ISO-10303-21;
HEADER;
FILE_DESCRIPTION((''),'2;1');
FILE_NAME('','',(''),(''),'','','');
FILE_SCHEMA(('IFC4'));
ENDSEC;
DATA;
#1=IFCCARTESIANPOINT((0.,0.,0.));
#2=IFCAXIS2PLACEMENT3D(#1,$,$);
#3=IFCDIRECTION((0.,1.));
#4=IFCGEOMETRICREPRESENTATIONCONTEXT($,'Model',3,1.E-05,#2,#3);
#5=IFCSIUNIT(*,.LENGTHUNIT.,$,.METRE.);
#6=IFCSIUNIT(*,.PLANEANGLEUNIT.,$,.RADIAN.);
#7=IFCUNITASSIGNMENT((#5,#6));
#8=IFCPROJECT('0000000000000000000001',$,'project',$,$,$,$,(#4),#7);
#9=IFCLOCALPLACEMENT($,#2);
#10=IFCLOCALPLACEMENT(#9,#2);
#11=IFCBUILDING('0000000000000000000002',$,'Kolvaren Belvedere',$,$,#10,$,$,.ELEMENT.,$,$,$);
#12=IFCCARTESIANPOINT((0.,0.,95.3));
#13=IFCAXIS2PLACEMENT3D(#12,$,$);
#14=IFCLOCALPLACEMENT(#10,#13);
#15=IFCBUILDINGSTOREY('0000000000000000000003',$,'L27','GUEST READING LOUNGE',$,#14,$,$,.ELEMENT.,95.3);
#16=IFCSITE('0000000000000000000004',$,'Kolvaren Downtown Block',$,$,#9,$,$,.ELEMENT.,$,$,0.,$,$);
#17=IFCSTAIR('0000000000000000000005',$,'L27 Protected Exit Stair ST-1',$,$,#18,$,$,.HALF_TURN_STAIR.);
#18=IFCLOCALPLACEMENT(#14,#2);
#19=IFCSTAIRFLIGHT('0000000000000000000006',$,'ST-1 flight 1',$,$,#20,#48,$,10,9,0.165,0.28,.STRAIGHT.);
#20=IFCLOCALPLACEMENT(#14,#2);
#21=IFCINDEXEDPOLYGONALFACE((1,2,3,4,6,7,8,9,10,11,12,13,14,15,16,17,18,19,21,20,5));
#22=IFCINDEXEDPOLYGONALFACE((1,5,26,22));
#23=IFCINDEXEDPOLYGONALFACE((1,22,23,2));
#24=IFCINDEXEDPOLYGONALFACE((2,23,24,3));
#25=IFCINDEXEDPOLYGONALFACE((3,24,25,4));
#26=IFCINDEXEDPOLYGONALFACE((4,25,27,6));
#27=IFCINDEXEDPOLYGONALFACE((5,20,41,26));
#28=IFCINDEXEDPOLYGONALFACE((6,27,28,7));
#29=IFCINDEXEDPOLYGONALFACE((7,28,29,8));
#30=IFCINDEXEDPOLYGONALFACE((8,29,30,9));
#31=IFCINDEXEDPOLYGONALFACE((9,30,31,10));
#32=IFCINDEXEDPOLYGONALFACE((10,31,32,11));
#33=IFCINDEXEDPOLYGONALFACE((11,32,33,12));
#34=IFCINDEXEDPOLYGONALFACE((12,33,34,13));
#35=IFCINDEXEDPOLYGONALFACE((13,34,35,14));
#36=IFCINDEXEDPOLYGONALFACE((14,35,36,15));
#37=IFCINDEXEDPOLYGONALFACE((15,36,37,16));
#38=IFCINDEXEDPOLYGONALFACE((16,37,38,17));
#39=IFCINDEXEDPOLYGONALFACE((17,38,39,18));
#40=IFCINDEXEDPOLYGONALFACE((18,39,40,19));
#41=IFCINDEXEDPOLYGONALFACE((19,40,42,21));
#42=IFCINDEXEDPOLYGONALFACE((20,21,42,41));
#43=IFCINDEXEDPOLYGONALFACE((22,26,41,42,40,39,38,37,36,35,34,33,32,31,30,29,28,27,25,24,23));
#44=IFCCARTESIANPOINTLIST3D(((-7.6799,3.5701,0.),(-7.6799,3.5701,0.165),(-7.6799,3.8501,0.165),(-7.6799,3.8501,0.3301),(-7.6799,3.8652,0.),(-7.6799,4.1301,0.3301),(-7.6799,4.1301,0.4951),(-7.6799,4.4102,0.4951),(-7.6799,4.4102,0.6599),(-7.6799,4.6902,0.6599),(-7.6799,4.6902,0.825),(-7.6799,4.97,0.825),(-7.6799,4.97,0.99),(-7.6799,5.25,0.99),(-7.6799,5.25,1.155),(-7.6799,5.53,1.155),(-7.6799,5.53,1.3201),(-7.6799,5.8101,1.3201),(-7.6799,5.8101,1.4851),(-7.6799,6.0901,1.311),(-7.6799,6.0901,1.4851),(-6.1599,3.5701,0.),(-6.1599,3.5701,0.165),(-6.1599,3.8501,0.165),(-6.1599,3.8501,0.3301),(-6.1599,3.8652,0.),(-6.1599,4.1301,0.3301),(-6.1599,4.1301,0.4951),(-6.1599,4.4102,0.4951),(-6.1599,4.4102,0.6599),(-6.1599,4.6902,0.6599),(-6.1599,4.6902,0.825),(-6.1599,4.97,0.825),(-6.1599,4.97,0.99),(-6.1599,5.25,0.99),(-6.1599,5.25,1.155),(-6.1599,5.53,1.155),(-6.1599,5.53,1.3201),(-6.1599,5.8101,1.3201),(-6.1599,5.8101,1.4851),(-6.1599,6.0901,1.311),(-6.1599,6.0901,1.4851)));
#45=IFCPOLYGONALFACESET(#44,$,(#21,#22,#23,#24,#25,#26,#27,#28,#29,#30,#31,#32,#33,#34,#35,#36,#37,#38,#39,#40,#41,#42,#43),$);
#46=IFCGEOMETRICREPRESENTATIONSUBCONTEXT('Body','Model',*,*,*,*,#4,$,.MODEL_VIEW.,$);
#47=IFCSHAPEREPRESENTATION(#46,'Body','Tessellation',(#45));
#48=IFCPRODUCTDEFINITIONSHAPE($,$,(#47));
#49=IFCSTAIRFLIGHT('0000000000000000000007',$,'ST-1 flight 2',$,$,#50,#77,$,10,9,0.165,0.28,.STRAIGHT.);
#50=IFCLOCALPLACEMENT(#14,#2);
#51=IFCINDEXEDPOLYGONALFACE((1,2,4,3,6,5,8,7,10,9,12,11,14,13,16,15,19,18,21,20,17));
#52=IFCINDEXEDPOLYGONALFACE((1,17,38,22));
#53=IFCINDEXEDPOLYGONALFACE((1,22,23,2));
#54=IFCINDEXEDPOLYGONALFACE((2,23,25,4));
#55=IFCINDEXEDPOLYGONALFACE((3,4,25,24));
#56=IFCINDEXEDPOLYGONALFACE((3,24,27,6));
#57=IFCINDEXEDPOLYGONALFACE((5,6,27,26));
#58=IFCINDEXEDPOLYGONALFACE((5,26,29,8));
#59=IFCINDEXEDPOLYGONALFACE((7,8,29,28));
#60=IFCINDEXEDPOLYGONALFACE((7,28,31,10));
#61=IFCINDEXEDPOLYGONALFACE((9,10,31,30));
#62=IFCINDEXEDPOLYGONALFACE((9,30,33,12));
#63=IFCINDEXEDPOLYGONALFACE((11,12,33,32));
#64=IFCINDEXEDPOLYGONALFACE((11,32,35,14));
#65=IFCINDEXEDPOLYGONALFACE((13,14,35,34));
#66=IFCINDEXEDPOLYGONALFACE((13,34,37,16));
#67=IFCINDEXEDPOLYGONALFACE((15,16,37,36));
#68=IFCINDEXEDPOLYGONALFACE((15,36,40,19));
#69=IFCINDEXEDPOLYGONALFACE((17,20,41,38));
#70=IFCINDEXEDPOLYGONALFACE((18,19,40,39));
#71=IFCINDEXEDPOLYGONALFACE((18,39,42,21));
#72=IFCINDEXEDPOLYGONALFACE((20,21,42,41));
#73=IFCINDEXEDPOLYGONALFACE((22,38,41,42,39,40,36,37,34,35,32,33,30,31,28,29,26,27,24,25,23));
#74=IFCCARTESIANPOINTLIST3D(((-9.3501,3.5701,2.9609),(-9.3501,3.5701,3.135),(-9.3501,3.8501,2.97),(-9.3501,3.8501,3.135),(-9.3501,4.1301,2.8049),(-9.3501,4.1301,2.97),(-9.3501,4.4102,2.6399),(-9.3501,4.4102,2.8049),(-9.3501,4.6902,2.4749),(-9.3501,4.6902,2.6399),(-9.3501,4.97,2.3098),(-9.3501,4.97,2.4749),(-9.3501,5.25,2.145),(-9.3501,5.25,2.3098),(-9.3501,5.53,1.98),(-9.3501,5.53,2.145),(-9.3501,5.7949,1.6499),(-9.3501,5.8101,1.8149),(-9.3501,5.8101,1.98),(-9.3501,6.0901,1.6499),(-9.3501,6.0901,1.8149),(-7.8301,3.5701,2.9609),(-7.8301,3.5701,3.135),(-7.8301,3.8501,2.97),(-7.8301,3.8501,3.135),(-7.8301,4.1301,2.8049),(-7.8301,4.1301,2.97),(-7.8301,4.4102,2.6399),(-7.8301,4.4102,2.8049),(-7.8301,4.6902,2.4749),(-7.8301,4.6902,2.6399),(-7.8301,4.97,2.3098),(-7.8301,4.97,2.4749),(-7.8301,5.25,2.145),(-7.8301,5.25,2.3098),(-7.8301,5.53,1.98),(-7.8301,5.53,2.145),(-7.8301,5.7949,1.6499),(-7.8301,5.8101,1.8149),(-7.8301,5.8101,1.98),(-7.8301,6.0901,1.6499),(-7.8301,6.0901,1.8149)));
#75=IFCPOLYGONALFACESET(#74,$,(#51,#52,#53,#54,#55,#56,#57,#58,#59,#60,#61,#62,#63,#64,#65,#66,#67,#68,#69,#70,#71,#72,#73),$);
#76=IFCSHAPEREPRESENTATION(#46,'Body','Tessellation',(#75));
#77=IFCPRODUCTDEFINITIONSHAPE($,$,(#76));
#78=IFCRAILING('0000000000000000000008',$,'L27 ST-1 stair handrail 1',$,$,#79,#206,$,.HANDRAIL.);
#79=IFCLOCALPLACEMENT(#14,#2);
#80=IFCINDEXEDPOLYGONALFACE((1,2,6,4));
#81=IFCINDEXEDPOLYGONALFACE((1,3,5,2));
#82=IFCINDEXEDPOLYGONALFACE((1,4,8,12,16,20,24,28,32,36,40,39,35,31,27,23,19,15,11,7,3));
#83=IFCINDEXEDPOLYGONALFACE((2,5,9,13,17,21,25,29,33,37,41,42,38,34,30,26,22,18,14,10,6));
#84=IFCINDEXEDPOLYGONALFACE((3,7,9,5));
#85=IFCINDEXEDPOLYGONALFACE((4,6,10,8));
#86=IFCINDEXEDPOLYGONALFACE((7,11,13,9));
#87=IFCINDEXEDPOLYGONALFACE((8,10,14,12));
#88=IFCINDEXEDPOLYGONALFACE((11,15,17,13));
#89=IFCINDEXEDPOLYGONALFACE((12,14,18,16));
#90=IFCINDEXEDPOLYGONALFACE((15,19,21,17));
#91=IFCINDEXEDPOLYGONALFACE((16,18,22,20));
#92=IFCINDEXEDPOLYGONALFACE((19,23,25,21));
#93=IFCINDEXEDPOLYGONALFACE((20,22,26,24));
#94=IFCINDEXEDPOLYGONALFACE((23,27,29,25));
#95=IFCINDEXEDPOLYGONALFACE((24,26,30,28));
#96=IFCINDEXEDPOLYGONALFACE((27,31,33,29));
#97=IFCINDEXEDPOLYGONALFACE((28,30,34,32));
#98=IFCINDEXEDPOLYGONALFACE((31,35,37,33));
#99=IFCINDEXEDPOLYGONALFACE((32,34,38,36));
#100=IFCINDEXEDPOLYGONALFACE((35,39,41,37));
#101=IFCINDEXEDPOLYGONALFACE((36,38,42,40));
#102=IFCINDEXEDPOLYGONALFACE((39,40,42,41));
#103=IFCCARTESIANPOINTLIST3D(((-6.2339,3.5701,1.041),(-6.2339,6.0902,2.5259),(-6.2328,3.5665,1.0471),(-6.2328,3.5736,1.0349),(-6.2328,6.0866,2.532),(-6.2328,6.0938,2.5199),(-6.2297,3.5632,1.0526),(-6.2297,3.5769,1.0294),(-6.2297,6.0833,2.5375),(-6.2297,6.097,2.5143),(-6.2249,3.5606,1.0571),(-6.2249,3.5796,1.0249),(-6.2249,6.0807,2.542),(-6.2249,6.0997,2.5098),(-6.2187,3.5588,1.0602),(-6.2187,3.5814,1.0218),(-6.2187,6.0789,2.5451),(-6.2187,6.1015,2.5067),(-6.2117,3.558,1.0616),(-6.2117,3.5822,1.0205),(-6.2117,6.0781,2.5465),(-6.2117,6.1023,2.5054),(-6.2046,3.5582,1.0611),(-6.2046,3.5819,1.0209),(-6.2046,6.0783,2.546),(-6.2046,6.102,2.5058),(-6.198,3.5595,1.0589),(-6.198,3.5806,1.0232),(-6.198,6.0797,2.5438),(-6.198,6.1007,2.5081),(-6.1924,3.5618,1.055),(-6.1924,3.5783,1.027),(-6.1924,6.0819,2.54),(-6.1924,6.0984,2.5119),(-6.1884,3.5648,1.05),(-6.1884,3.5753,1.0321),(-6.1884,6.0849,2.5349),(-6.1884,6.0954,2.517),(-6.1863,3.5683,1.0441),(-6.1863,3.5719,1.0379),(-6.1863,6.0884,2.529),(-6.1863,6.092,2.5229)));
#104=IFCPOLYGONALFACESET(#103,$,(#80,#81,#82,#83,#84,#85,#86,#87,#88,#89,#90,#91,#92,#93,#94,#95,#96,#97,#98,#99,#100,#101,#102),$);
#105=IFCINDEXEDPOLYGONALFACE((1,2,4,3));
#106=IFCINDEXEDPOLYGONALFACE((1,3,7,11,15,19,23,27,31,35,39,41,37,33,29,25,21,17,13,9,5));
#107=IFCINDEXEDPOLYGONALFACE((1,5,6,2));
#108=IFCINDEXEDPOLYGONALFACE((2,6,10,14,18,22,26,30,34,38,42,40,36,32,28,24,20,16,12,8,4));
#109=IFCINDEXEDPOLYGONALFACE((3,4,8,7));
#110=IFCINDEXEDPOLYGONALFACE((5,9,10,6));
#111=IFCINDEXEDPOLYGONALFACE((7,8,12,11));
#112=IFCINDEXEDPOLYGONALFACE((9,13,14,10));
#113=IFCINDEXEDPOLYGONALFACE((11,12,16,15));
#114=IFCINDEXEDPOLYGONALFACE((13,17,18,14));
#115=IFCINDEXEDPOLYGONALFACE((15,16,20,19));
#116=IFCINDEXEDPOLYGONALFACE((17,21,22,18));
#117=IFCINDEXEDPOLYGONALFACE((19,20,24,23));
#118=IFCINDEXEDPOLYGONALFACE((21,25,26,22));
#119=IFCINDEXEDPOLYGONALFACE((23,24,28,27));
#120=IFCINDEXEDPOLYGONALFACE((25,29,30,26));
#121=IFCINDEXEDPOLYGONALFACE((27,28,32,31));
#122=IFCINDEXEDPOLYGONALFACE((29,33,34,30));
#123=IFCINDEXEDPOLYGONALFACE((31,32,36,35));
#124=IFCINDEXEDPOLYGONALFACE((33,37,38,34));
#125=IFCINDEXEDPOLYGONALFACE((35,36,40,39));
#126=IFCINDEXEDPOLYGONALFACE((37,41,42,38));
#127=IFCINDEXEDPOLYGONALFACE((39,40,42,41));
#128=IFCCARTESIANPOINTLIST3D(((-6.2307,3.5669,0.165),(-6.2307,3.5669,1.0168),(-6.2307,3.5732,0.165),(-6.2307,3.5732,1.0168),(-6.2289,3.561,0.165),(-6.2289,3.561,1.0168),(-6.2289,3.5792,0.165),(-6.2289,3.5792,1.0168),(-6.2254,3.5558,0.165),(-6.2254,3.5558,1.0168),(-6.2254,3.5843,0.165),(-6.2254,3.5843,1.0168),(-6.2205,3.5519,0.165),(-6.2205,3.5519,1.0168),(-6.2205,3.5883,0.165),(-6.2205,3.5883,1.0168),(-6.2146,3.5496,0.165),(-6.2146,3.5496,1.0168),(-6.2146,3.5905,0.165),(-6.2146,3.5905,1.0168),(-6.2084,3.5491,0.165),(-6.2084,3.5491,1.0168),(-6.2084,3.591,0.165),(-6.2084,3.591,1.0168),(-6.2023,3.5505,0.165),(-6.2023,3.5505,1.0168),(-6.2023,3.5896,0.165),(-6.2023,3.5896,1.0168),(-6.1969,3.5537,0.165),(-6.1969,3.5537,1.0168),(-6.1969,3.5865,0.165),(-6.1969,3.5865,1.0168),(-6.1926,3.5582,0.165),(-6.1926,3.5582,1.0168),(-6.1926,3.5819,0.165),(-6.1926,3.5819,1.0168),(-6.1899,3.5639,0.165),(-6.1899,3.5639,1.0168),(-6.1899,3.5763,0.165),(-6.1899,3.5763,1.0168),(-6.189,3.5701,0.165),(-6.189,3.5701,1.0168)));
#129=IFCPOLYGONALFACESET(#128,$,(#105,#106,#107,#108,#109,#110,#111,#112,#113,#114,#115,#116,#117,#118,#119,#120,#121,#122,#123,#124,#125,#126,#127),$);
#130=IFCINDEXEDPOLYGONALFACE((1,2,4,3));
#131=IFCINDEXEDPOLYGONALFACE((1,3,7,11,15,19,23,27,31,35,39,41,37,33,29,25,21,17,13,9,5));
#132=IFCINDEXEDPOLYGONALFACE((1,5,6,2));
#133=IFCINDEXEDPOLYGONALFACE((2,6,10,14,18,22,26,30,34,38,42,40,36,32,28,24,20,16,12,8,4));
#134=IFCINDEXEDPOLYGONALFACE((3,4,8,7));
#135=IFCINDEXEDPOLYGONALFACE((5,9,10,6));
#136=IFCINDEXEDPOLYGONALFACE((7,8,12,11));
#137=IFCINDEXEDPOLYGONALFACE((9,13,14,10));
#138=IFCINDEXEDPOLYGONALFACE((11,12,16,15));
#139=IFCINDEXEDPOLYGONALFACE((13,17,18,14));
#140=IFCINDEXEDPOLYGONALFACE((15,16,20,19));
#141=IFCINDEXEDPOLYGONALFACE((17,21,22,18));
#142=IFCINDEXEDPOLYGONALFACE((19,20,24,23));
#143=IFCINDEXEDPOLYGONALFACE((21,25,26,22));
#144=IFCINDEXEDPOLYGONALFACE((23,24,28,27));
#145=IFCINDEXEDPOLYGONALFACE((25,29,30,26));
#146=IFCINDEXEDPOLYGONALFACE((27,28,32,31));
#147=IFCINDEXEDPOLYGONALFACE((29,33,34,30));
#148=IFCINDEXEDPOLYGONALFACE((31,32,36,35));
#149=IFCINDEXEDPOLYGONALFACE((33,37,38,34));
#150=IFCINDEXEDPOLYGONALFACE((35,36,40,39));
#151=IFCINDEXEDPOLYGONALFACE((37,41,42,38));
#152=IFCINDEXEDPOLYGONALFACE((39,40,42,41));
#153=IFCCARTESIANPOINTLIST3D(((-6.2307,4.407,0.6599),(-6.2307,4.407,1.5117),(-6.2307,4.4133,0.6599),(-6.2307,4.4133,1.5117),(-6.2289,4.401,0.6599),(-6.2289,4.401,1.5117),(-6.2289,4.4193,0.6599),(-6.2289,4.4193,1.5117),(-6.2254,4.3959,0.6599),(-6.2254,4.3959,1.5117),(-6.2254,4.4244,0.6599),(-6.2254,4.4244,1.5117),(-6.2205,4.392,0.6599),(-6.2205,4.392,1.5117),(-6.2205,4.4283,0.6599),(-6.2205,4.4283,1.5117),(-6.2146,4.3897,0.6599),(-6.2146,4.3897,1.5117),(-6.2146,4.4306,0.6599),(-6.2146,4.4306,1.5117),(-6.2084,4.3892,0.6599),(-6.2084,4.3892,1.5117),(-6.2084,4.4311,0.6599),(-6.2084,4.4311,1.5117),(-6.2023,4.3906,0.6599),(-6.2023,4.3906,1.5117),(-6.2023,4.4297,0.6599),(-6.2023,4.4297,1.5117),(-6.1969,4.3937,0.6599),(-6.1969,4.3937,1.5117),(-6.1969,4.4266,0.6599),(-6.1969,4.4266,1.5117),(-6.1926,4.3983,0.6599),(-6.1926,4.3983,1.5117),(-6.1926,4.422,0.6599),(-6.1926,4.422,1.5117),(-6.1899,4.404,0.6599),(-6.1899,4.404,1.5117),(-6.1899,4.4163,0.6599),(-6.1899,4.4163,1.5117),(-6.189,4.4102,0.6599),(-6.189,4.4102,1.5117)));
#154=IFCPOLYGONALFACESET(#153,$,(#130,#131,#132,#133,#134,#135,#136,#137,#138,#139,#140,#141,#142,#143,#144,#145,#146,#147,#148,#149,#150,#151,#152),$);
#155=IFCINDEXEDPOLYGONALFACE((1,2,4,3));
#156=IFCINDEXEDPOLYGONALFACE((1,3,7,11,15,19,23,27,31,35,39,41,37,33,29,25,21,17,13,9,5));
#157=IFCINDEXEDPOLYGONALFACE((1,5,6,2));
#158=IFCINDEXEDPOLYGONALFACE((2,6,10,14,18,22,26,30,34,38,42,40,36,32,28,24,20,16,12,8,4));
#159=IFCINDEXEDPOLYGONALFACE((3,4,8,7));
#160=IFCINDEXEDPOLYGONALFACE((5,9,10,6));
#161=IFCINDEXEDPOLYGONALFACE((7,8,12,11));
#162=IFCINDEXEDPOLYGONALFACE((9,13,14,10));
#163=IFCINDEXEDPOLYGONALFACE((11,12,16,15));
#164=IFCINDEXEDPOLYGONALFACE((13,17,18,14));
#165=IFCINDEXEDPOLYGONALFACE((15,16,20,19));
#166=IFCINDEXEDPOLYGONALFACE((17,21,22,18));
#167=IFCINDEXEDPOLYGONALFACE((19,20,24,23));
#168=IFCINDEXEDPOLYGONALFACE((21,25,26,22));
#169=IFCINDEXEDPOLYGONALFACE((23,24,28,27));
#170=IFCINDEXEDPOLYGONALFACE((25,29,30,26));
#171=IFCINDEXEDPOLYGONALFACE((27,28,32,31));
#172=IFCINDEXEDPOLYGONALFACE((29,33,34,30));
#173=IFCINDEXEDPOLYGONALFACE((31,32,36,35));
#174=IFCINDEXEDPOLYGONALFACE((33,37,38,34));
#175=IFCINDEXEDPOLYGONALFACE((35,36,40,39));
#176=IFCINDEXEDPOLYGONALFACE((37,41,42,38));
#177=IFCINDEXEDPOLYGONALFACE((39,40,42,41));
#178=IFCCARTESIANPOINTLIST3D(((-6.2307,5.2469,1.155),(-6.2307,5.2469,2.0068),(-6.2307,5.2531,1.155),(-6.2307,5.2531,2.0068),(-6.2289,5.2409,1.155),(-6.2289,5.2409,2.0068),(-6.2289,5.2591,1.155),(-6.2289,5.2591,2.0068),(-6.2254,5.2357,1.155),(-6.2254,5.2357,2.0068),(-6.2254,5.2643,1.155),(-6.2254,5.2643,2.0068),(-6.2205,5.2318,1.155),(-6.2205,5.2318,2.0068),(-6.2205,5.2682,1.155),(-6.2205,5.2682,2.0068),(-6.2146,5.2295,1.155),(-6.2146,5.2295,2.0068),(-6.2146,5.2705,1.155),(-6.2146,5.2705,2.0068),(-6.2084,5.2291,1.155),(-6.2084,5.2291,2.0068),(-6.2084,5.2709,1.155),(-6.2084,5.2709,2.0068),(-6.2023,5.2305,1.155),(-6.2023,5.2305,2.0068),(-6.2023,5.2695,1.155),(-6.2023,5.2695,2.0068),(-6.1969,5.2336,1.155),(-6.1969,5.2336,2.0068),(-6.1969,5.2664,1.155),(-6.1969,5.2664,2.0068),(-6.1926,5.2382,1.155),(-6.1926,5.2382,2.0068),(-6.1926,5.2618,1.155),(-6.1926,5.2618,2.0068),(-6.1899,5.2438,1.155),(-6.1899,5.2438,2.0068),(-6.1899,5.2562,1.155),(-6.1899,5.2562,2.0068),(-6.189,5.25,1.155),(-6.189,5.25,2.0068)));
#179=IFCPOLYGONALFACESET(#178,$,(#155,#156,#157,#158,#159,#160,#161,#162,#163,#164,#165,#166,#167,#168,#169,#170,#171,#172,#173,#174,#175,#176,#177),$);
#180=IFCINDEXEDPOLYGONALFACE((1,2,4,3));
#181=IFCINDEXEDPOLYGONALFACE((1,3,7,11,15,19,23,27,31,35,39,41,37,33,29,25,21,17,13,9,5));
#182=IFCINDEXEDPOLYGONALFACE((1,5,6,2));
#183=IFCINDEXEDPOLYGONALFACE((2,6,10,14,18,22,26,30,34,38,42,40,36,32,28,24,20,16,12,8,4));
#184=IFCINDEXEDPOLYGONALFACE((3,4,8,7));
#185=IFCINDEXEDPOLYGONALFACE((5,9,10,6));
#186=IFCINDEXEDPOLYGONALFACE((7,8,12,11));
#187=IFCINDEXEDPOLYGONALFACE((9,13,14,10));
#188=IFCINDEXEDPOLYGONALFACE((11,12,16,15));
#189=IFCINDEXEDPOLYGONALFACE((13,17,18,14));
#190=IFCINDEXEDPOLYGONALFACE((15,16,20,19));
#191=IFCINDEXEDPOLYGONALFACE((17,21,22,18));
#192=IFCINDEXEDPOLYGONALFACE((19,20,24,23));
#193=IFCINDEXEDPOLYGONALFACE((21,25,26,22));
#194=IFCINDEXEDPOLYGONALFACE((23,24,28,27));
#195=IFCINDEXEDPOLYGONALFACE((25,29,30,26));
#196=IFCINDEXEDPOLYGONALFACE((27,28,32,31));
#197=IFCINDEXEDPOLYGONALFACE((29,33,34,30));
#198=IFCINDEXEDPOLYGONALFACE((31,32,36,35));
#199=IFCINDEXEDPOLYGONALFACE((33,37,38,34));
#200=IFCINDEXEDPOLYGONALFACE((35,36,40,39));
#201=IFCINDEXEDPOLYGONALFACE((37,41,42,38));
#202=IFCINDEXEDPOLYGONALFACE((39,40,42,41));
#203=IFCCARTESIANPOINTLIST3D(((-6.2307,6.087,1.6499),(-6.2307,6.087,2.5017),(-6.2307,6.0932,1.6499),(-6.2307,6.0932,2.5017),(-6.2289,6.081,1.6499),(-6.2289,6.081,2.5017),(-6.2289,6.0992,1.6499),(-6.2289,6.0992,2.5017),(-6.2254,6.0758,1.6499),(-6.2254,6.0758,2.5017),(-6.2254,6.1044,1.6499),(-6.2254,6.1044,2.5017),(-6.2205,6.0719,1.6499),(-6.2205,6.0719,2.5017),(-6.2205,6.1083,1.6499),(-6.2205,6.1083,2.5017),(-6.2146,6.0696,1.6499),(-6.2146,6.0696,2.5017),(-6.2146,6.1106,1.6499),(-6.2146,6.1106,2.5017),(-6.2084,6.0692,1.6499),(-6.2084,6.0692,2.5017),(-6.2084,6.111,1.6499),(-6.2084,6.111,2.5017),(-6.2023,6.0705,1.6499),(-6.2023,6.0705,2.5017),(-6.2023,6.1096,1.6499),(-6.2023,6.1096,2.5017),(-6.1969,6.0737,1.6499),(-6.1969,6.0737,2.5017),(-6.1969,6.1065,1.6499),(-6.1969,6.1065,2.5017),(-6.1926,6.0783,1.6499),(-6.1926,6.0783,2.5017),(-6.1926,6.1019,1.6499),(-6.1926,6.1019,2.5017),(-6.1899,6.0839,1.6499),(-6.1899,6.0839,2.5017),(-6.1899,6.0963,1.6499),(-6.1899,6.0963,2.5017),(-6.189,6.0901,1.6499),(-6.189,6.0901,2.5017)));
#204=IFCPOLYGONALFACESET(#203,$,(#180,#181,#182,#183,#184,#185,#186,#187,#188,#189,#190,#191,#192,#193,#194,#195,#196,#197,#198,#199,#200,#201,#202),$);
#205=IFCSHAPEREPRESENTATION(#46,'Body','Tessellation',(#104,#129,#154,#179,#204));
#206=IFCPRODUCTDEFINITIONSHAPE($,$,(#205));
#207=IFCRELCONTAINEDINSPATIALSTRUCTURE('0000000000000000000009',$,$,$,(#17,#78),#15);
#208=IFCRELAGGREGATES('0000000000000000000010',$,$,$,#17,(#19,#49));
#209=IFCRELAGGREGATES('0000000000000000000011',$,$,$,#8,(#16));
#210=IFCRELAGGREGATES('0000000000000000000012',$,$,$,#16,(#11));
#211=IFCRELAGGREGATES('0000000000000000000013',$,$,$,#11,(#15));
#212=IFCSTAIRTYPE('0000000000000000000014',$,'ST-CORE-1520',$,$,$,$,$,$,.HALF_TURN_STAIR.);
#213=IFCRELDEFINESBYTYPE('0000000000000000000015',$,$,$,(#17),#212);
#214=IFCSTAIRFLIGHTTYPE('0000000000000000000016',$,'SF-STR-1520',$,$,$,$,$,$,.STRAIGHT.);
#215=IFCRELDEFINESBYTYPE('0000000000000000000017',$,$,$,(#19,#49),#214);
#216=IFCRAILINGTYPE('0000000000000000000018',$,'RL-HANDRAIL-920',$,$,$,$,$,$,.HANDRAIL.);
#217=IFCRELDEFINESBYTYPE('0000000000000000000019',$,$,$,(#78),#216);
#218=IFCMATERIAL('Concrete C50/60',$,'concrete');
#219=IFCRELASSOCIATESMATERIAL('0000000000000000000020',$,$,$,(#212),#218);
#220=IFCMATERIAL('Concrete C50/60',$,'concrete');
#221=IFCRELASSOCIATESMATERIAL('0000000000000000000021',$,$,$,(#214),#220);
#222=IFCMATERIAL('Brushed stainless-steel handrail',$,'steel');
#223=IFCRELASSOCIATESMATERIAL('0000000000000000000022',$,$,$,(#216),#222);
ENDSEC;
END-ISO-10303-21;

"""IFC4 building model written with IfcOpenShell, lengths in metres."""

from ifc_helpers import new_model, si_unit, direction, frame, origin, origin_2d, place, context, subcontext, project, spatial, polyline, circle, outline, extrude, material, type_object, element, aggregate, save


model = new_model("IFC4")

# Units and contexts
model_context = context("Model", 3, precision=1e-05, world=origin(), true_north=direction((0.0, 1.0)))
body_context = subcontext(model_context, "Body", "Model", "MODEL_VIEW")
ifc_project = project(units=[si_unit("LENGTHUNIT", "METRE"), si_unit("PLANEANGLEUNIT", "RADIAN")], contexts=[model_context])

# Site, building, storey
site_placement = place(None, origin())
site = spatial("IfcSite", under=ifc_project, at=site_placement, Name="Kolvaren Downtown Block", CompositionType="ELEMENT", RefElevation=0.0)
building_placement = place(site_placement, origin())
building = spatial("IfcBuilding", under=site, at=building_placement, Name="Kolvaren Belvedere", CompositionType="ELEMENT")
storey_placement = place(building_placement, frame((0.0, 0.0, 95.3)))
storey = spatial("IfcBuildingStorey", under=building, at=storey_placement, Name="L27", Description="GUEST READING LOUNGE", CompositionType="ELEMENT", Elevation=95.3)

# Stair, stair flights
ifc_material_1 = material(Name="Concrete C50/60", Category="concrete")
stair_type = type_object("IfcStairType", Name="ST-CORE-1520", PredefinedType="HALF_TURN_STAIR", material=ifc_material_1)
stair_placement = place(storey_placement, origin())
stair = element("IfcStair", 1, at=stair_placement, inside=storey, type_object=stair_type, Name="L27 Protected Exit Stair ST-1", PredefinedType="HALF_TURN_STAIR")
ifc_material_2 = material(Name="Concrete C50/60", Category="concrete")
stair_flight_type = type_object("IfcStairFlightType", Name="SF-STR-1520", PredefinedType="STRAIGHT", material=ifc_material_2)
stair_flight_1_placement = place(storey_placement, frame((-6.9199, 3.5701, 0.0), z_axis=(0.0, 0.0, 1.0), x_axis=(0.0, 1.0, 0.0)))
stair_flight_1 = element("IfcStairFlight", 2, at=stair_flight_1_placement, type_object=stair_flight_type, Name="ST-1 flight 1", NumberOfRisers=10, NumberOfTreads=9, PredefinedType="STRAIGHT", RiserHeight=0.165, TreadLength=0.28, context=body_context, shape_type="SweptSolid", body=[
    extrude(outline(polyline([(0.0, 0.0), (0.0, 0.165), (0.28, 0.165), (0.28, 0.3301), (0.5601, 0.3301), (0.5601, 0.4951), (0.8401, 0.4951), (0.8401, 0.6599), (1.1201, 0.6599), (1.1201, 0.825), (1.3999, 0.825), (1.3999, 0.99), (1.6799, 0.99), (1.6799, 1.155), (1.96, 1.155), (1.96, 1.3201), (2.24, 1.3201), (2.24, 1.4851), (2.52, 1.4851), (2.52, 1.6499), (2.52, 1.311), (0.2952, 0.0), (0.0, 0.0)])), frame((0.0, 0.76, 0.0), z_axis=(0.0, -1.0, 0.0), x_axis=(1.0, 0.0, 0.0)), (0.0, 0.0, 1.0), 1.52),
])
stair_flight_2_placement = place(storey_placement, frame((-8.5901, 6.0901, 1.6499), z_axis=(0.0, 0.0, 1.0), x_axis=(0.0, -1.0, 0.0)))
stair_flight_2 = element("IfcStairFlight", 3, at=stair_flight_2_placement, type_object=stair_flight_type, Name="ST-1 flight 2", NumberOfRisers=10, NumberOfTreads=9, PredefinedType="STRAIGHT", RiserHeight=0.165, TreadLength=0.28, context=body_context, shape_type="SweptSolid", body=[
    extrude(outline(polyline([(0.0, 0.0), (0.0, 0.165), (0.28, 0.165), (0.28, 0.3301), (0.5601, 0.3301), (0.5601, 0.4951), (0.8401, 0.4951), (0.8401, 0.6599), (1.1201, 0.6599), (1.1201, 0.825), (1.3999, 0.825), (1.3999, 0.99), (1.6799, 0.99), (1.6799, 1.155), (1.96, 1.155), (1.96, 1.3201), (2.24, 1.3201), (2.24, 1.4851), (2.52, 1.4851), (2.52, 1.6499), (2.52, 1.311), (0.2952, 0.0), (0.0, 0.0)])), frame((0.0, 0.76, 0.0), z_axis=(0.0, -1.0, 0.0), x_axis=(1.0, 0.0, 0.0)), (0.0, 0.0, 1.0), 1.52),
])
aggregate(stair, [stair_flight_1, stair_flight_2])

# Railing
ifc_material_3 = material(Name="Brushed stainless-steel handrail", Category="steel")
railing_type_1 = type_object("IfcRailingType", Name="RL-HANDRAIL-920", PredefinedType="HANDRAIL", material=ifc_material_3)
railing_1_placement = place(storey_placement, frame((-6.21, 3.5701, 0.165)))
element("IfcRailing", 4, at=railing_1_placement, inside=storey, type_object=railing_type_1, Name="L27 ST-1 stair handrail 1", PredefinedType="HANDRAIL", context=body_context, shape_type="SweptSolid", body=[
    extrude(circle(Radius=0.0239, at=origin_2d()), frame((0.0, 0.0, 0.876), z_axis=(0.0, 0.861561, 0.507655), x_axis=(-1.0, 0.0, 0.0)), (0.0, 0.0, 1.0), 2.925),
    extrude(circle(Radius=0.021, at=origin_2d()), origin(), (0.0, 0.0, 1.0), 0.8518),
    extrude(circle(Radius=0.021, at=origin_2d()), frame((0.0, 0.8401, 0.4949)), (0.0, 0.0, 1.0), 0.8518),
    extrude(circle(Radius=0.021, at=origin_2d()), frame((0.0, 1.6799, 0.99)), (0.0, 0.0, 1.0), 0.8518),
    extrude(circle(Radius=0.021, at=origin_2d()), frame((0.0, 2.52, 1.4849)), (0.0, 0.0, 1.0), 0.8518),
])

save(model, "model.ifc")
